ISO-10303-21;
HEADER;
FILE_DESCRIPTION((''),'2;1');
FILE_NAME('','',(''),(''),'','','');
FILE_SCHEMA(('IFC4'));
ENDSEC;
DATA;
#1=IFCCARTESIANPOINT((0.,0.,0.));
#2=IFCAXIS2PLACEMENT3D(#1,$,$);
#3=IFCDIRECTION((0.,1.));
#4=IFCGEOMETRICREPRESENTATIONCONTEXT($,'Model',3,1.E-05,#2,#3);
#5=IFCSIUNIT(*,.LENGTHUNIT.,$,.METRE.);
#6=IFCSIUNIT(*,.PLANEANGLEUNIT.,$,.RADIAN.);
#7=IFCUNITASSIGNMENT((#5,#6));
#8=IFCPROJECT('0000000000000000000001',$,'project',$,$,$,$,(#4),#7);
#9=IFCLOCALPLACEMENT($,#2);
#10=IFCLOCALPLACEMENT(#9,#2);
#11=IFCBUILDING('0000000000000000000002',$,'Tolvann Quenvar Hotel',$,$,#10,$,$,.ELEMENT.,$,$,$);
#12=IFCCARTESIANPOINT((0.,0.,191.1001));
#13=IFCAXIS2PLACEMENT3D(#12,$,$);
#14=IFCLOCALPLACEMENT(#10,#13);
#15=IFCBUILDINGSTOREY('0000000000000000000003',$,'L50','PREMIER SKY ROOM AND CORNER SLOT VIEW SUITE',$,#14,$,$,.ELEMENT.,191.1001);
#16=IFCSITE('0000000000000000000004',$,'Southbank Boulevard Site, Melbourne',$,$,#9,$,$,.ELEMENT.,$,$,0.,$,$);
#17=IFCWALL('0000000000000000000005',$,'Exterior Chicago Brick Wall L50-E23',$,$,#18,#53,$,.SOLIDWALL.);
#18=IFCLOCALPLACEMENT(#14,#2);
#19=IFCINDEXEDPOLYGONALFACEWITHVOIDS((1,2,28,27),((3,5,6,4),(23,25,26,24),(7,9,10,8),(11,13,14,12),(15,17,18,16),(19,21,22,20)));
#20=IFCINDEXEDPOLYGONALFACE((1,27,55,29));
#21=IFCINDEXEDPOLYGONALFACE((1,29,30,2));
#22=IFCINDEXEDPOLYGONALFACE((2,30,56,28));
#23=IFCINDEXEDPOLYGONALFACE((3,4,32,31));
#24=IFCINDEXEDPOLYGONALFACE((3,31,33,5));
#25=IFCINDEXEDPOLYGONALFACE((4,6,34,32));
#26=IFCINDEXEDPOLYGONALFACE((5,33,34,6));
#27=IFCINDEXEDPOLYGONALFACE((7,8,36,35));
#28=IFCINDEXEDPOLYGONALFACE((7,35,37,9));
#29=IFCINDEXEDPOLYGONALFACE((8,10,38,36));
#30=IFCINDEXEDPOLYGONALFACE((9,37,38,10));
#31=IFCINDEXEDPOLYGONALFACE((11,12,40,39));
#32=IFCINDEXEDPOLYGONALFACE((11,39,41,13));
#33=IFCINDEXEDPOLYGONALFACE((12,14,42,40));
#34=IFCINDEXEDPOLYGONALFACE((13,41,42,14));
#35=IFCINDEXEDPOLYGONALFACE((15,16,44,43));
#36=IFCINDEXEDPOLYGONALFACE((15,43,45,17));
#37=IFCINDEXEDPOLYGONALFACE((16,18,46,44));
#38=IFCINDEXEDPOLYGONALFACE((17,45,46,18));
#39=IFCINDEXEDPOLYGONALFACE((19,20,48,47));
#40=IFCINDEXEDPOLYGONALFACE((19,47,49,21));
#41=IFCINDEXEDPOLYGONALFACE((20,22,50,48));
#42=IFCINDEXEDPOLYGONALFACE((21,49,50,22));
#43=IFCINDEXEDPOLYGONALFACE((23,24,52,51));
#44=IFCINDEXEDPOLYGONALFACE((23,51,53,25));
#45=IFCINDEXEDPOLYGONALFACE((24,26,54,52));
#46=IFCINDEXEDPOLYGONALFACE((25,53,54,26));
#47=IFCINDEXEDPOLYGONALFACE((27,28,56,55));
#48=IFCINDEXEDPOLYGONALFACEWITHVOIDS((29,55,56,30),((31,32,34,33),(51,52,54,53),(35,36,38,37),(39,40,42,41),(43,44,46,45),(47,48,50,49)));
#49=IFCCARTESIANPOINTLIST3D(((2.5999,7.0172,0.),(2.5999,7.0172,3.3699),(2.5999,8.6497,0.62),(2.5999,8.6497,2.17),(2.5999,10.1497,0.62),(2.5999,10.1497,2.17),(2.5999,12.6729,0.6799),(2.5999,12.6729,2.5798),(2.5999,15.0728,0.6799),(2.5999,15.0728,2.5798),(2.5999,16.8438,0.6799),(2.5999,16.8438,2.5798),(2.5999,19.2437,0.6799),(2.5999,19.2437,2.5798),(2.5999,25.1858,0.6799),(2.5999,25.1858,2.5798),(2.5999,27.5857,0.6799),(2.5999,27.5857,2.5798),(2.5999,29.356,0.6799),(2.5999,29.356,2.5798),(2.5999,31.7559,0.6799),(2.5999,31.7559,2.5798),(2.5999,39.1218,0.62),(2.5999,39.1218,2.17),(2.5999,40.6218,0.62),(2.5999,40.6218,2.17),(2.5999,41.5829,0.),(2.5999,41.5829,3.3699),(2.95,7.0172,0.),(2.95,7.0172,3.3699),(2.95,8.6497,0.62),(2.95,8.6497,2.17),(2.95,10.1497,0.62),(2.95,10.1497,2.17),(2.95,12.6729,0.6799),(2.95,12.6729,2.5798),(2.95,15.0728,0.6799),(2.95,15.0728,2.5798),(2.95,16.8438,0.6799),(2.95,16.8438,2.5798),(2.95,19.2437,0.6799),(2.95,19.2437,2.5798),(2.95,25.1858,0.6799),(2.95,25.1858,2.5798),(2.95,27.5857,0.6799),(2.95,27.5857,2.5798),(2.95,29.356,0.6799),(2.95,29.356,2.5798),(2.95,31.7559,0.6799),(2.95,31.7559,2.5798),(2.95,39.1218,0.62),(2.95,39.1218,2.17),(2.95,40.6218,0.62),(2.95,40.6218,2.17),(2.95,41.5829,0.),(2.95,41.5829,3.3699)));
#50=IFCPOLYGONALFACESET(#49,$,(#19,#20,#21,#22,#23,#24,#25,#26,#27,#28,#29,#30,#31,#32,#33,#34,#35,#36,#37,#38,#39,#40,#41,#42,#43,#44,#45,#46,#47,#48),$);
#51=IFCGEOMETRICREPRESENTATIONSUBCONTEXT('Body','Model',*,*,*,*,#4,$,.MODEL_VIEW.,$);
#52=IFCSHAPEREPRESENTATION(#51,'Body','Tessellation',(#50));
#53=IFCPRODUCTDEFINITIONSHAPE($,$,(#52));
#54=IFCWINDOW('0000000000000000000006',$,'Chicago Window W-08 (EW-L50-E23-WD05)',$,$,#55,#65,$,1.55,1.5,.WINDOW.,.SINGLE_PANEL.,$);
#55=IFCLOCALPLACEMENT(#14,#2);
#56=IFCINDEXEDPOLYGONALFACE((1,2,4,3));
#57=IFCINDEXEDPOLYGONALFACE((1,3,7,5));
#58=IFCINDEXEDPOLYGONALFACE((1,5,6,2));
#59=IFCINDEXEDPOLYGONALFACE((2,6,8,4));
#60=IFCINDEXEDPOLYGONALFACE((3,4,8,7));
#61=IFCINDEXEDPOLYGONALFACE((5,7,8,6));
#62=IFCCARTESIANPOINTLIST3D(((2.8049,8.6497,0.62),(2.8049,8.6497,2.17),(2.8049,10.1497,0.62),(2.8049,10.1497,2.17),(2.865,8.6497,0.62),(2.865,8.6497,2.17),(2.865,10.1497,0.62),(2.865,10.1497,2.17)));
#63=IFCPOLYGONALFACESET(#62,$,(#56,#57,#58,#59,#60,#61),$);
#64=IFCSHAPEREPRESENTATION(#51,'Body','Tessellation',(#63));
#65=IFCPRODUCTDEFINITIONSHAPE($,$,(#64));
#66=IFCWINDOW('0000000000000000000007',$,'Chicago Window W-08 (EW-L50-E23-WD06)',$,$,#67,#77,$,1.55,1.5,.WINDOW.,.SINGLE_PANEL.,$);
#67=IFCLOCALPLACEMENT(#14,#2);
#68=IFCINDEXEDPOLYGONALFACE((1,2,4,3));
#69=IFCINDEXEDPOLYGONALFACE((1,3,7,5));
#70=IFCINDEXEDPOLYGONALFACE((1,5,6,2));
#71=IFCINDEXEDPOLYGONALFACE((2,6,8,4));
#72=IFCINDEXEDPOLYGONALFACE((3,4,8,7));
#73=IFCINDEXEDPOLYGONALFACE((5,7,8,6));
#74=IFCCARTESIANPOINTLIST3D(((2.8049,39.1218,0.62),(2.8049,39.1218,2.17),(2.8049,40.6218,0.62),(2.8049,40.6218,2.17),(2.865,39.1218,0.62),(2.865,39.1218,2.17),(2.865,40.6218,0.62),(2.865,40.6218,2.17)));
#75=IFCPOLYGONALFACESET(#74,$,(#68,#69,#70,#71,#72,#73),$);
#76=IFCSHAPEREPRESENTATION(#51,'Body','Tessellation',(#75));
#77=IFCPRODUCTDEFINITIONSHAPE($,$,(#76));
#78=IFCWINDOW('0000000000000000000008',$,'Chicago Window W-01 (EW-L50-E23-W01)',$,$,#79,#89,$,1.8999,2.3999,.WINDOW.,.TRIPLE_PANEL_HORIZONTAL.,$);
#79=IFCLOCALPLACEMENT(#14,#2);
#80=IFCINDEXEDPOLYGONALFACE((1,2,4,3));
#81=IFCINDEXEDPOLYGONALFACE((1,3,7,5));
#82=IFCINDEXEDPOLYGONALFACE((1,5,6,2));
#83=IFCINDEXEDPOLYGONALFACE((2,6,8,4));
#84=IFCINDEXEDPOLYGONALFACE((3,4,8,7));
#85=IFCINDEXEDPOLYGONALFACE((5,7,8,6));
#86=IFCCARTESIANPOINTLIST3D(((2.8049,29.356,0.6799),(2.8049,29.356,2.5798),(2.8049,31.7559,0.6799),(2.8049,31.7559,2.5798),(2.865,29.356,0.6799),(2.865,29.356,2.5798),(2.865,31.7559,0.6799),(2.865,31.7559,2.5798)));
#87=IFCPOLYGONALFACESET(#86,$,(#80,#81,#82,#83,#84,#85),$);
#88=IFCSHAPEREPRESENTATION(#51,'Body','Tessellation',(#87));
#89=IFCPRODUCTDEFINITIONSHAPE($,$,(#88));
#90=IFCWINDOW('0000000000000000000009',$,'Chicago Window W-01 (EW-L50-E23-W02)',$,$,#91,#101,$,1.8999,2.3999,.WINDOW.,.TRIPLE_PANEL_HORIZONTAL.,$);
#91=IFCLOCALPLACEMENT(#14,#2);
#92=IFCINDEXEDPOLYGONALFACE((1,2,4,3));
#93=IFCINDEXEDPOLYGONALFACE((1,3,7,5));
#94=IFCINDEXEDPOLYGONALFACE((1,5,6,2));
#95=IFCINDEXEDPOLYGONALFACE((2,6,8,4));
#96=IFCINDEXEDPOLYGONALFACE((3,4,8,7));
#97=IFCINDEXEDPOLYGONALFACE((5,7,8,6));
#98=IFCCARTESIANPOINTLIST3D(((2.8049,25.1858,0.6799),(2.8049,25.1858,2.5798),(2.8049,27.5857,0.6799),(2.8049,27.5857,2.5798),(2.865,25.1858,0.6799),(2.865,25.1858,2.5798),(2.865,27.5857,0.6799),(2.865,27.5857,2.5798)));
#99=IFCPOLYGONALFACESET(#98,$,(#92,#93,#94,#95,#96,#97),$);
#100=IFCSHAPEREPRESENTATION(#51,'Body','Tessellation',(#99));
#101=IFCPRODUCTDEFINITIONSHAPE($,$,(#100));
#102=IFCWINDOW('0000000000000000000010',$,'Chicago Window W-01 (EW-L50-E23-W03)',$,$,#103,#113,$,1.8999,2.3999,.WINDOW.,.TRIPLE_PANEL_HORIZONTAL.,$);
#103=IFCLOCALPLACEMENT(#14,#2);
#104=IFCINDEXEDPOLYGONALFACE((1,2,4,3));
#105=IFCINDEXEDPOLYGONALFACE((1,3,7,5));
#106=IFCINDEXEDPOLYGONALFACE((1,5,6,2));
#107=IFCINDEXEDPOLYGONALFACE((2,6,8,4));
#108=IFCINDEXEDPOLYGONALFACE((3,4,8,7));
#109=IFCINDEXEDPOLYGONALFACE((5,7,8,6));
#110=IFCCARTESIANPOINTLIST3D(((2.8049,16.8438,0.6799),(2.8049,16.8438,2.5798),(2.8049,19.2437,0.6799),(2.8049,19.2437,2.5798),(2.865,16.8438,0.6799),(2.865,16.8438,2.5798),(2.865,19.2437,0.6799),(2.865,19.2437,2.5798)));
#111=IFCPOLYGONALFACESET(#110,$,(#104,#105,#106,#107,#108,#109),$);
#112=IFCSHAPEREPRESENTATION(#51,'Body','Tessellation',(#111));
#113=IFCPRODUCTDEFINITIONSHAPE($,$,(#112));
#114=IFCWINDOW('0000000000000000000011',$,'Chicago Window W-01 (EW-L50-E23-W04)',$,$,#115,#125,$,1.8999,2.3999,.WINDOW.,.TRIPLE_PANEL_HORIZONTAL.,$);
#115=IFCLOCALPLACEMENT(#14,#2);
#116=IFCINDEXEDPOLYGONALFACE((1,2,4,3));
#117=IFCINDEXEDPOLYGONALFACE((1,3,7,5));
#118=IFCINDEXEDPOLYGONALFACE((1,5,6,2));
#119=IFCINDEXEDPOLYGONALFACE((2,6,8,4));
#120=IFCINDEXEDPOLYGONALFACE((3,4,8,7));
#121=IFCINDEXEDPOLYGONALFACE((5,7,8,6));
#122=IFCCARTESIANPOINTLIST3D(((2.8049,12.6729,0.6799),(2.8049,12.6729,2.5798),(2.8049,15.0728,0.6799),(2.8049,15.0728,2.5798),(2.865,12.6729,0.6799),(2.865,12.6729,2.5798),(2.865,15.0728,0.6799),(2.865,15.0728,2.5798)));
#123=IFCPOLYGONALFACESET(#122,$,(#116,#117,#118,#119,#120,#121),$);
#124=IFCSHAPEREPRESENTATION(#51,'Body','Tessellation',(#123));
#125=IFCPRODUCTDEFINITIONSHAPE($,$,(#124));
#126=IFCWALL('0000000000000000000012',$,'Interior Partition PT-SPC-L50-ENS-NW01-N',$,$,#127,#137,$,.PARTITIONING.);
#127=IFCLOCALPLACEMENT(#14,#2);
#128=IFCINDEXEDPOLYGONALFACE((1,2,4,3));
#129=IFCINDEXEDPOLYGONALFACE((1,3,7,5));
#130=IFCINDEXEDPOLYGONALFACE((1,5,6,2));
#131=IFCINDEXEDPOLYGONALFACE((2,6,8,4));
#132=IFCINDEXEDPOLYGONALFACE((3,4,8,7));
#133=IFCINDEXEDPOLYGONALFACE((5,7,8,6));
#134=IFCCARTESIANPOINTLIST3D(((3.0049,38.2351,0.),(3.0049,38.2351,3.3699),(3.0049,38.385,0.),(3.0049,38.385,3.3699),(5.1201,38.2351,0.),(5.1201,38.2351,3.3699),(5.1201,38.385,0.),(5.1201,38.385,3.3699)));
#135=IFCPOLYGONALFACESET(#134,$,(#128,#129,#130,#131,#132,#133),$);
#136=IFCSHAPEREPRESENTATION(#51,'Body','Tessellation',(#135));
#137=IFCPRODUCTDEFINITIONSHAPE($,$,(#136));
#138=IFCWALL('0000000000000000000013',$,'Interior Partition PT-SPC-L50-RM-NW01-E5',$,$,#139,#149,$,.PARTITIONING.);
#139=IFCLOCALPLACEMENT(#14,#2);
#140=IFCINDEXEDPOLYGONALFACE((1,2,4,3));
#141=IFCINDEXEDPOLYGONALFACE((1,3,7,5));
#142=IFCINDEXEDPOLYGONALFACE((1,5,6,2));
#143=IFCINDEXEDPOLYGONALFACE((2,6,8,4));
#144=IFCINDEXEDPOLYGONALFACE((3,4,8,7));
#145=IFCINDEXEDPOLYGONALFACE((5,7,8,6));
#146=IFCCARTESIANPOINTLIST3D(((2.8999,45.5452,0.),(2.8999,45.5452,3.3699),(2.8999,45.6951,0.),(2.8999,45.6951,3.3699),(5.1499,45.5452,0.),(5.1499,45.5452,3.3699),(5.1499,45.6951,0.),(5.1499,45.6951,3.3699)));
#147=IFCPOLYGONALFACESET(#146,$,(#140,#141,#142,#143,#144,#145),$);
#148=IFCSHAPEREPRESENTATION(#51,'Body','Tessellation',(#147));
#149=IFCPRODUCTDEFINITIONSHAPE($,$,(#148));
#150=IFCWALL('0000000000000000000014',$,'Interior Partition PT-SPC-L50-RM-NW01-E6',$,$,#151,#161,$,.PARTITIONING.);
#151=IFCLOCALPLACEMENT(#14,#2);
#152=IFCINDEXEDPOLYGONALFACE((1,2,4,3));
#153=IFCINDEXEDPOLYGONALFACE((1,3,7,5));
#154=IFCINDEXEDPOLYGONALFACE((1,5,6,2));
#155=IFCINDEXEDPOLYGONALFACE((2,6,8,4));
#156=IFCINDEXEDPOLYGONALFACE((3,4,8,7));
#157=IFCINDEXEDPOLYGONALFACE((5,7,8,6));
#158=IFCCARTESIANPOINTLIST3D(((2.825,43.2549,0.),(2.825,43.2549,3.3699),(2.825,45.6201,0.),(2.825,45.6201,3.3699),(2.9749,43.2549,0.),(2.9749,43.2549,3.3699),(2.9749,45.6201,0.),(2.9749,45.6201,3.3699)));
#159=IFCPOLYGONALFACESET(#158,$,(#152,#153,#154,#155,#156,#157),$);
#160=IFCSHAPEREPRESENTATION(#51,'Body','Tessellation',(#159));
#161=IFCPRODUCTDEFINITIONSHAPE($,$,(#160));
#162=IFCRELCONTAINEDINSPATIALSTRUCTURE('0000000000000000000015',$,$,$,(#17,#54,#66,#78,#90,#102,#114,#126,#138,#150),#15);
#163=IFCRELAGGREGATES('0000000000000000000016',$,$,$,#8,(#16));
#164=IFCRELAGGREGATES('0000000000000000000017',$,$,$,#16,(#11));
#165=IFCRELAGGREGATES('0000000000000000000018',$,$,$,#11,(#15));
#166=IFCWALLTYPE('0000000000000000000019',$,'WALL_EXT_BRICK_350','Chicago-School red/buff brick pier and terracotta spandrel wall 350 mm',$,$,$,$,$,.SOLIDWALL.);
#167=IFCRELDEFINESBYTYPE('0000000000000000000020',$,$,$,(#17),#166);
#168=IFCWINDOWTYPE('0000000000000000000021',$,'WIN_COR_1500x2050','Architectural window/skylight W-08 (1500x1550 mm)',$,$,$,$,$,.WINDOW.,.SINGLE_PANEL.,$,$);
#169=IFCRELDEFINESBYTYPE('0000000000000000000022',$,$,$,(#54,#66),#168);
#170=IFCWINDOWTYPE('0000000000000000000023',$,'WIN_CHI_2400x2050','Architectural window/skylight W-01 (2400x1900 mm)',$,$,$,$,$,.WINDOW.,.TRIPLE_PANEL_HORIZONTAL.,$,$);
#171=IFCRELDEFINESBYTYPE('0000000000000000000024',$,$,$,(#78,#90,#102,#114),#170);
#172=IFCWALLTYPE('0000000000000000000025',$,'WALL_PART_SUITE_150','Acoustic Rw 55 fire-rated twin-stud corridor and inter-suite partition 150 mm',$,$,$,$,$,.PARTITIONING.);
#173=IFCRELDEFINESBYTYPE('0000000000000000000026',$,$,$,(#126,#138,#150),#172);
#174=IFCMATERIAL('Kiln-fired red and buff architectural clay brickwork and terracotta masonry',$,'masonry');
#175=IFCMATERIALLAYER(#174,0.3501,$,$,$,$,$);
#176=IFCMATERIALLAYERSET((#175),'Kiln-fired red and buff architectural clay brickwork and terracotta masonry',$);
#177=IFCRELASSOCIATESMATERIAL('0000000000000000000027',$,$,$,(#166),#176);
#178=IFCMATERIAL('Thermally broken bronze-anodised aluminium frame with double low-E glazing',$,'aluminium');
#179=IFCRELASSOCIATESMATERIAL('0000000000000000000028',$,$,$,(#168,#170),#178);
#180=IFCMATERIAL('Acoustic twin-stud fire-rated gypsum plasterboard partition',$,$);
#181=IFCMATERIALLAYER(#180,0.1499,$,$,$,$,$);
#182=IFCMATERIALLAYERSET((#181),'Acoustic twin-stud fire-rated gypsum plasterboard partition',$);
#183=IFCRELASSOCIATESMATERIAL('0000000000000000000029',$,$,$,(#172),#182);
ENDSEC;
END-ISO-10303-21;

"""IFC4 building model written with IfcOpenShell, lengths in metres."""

from ifc_helpers import new_model, si_unit, direction, frame, frame_2d, origin, place, context, subcontext, project, spatial, rectangle, extrude, source, transform, mapped, material, layer, layer_set, type_object, type_shapes, element, fill, save


model = new_model("IFC4")

# Units and contexts
model_context = context("Model", 3, precision=1e-05, world=origin(), true_north=direction((0.0, 1.0)))
body_context = subcontext(model_context, "Body", "Model", "MODEL_VIEW")
ifc_project = project(units=[si_unit("LENGTHUNIT", "METRE"), si_unit("PLANEANGLEUNIT", "RADIAN")], contexts=[model_context])

# Site, building, storey
site_placement = place(None, origin())
site = spatial("IfcSite", under=ifc_project, at=site_placement, Name="Southbank Boulevard Site, Melbourne", CompositionType="ELEMENT", RefElevation=0.0)
building_placement = place(site_placement, origin())
building = spatial("IfcBuilding", under=site, at=building_placement, Name="Tolvann Quenvar Hotel", CompositionType="ELEMENT")
storey_placement = place(building_placement, frame((0.0, 0.0, 191.1001)))
storey = spatial("IfcBuildingStorey", under=building, at=storey_placement, Name="L50", Description="PREMIER SKY ROOM AND CORNER SLOT VIEW SUITE", CompositionType="ELEMENT", Elevation=191.1001)

# Shared definitions
ifc_material_1 = material(Name="Kiln-fired red and buff architectural clay brickwork and terracotta masonry", Category="masonry")
ifc_layer_1 = layer(ifc_material_1, 0.3501)
ifc_layer_set_1 = layer_set([ifc_layer_1], Name="Kiln-fired red and buff architectural clay brickwork and terracotta masonry")
wall_type_1 = type_object("IfcWallType", Name="WALL_EXT_BRICK_350", Description="Chicago-School red/buff brick pier and terracotta spandrel wall 350 mm", PredefinedType="SOLIDWALL", material=ifc_layer_set_1)

# Wall, openings, windows
wall_1_placement = place(storey_placement, frame((2.7749, 41.5828, 0.0), z_axis=(0.0, 0.0, 1.0), x_axis=(0.0, -1.0, 0.0)))
wall_1 = element("IfcWall", 1, at=wall_1_placement, inside=storey, type_object=wall_type_1, Name="Exterior Chicago Brick Wall L50-E23", PredefinedType="SOLIDWALL", context=body_context, shape_type="SweptSolid", body=[
    extrude(rectangle(XDim=34.5657, YDim=0.3501, at=frame_2d((17.2827, 0.0))), origin(), (0.0, 0.0, 1.0), 3.3699),
])
opening_1_placement = place(wall_1_placement, frame((9.8269, 0.0, 0.6799)))
opening_1 = element("IfcOpeningElement", 2, at=opening_1_placement, cuts=wall_1, PredefinedType="OPENING", context=body_context, shape_type="SweptSolid", body=[
    extrude(rectangle(XDim=2.3999, YDim=1.8999, at=frame_2d((1.2, 0.95))), frame((0.0, 0.1851, 0.0), z_axis=(0.0, -1.0, 0.0), x_axis=(1.0, 0.0, 0.0)), (0.0, 0.0, 1.0), 0.3701),
])
opening_2_placement = place(wall_1_placement, frame((13.9971, 0.0, 0.6799)))
opening_2 = element("IfcOpeningElement", 3, at=opening_2_placement, cuts=wall_1, PredefinedType="OPENING", context=body_context, shape_type="SweptSolid", body=[
    extrude(rectangle(XDim=2.3999, YDim=1.8999, at=frame_2d((1.2, 0.95))), frame((0.0, 0.1851, 0.0), z_axis=(0.0, -1.0, 0.0), x_axis=(1.0, 0.0, 0.0)), (0.0, 0.0, 1.0), 0.3701),
])
opening_3_placement = place(wall_1_placement, frame((22.3391, 0.0, 0.6799)))
opening_3 = element("IfcOpeningElement", 4, at=opening_3_placement, cuts=wall_1, PredefinedType="OPENING", context=body_context, shape_type="SweptSolid", body=[
    extrude(rectangle(XDim=2.3999, YDim=1.8999, at=frame_2d((1.2, 0.95))), frame((0.0, 0.1851, 0.0), z_axis=(0.0, -1.0, 0.0), x_axis=(1.0, 0.0, 0.0)), (0.0, 0.0, 1.0), 0.3701),
])
opening_4_placement = place(wall_1_placement, frame((26.51, 0.0, 0.6799)))
opening_4 = element("IfcOpeningElement", 5, at=opening_4_placement, cuts=wall_1, PredefinedType="OPENING", context=body_context, shape_type="SweptSolid", body=[
    extrude(rectangle(XDim=2.3999, YDim=1.8999, at=frame_2d((1.2, 0.95))), frame((0.0, 0.1851, 0.0), z_axis=(0.0, -1.0, 0.0), x_axis=(1.0, 0.0, 0.0)), (0.0, 0.0, 1.0), 0.3701),
])
opening_5_placement = place(wall_1_placement, frame((31.4331, 0.0, 0.6201)))
opening_5 = element("IfcOpeningElement", 6, at=opening_5_placement, cuts=wall_1, PredefinedType="OPENING", context=body_context, shape_type="SweptSolid", body=[
    extrude(rectangle(XDim=1.5, YDim=1.55, at=frame_2d((0.75, 0.7749))), frame((0.0, 0.1851, 0.0), z_axis=(0.0, -1.0, 0.0), x_axis=(1.0, 0.0, 0.0)), (0.0, 0.0, 1.0), 0.3701),
])
opening_6_placement = place(wall_1_placement, frame((0.9609, 0.0, 0.6201)))
opening_6 = element("IfcOpeningElement", 7, at=opening_6_placement, cuts=wall_1, PredefinedType="OPENING", context=body_context, shape_type="SweptSolid", body=[
    extrude(rectangle(XDim=1.5, YDim=1.55, at=frame_2d((0.75, 0.7749))), frame((0.0, 0.1851, 0.0), z_axis=(0.0, -1.0, 0.0), x_axis=(1.0, 0.0, 0.0)), (0.0, 0.0, 1.0), 0.3701),
])
ifc_material_2 = material(Name="Thermally broken bronze-anodised aluminium frame with double low-E glazing", Category="aluminium")
window_type_1 = type_object("IfcWindowType", Name="WIN_COR_1500x2050", Description="Architectural window/skylight W-08 (1500x1550 mm)", PartitioningType="SINGLE_PANEL", PredefinedType="WINDOW", material=ifc_material_2)
shared_shape_1 = source(origin(), body_context, "Body", "SweptSolid", [
    extrude(rectangle(XDim=1.5, YDim=1.55, at=frame_2d((0.75, 0.7749))), frame((0.0, 0.0901, 0.0), z_axis=(0.0, -1.0, 0.0), x_axis=(1.0, 0.0, 0.0)), (0.0, 0.0, 1.0), 0.0601),
])
type_shapes(window_type_1, [shared_shape_1])
window_1_placement = place(opening_5_placement, origin())
window_1 = element("IfcWindow", 8, at=window_1_placement, inside=storey, type_object=window_type_1, Name="Chicago Window W-08 (EW-L50-E23-WD05)", OverallHeight=1.55, OverallWidth=1.5, PartitioningType="SINGLE_PANEL", PredefinedType="WINDOW", context=body_context, shape_type="MappedRepresentation", body=[
    mapped(shared_shape_1, transform((0.0, 0.0, 0.0), x_axis=(1.0, 0.0, 0.0), y_axis=(0.0, 1.0, 0.0), z_axis=(0.0, 0.0, 1.0), scale=1.0)),
])
fill(opening_5, window_1)
window_2_placement = place(opening_6_placement, origin())
window_2 = element("IfcWindow", 9, at=window_2_placement, inside=storey, type_object=window_type_1, Name="Chicago Window W-08 (EW-L50-E23-WD06)", OverallHeight=1.55, OverallWidth=1.5, PartitioningType="SINGLE_PANEL", PredefinedType="WINDOW", context=body_context, shape_type="MappedRepresentation", body=[
    mapped(shared_shape_1, transform((0.0, 0.0, 0.0), x_axis=(1.0, 0.0, 0.0), y_axis=(0.0, 1.0, 0.0), z_axis=(0.0, 0.0, 1.0), scale=1.0)),
])
fill(opening_6, window_2)
window_type_2 = type_object("IfcWindowType", Name="WIN_CHI_2400x2050", Description="Architectural window/skylight W-01 (2400x1900 mm)", PartitioningType="TRIPLE_PANEL_HORIZONTAL", PredefinedType="WINDOW", material=ifc_material_2)
shared_shape_2 = source(origin(), body_context, "Body", "SweptSolid", [
    extrude(rectangle(XDim=2.3999, YDim=1.8999, at=frame_2d((1.2, 0.95))), frame((0.0, 0.0901, 0.0), z_axis=(0.0, -1.0, 0.0), x_axis=(1.0, 0.0, 0.0)), (0.0, 0.0, 1.0), 0.0601),
])
type_shapes(window_type_2, [shared_shape_2])
window_3_placement = place(opening_1_placement, origin())
window_3 = element("IfcWindow", 10, at=window_3_placement, inside=storey, type_object=window_type_2, Name="Chicago Window W-01 (EW-L50-E23-W01)", OverallHeight=1.8999, OverallWidth=2.3999, PartitioningType="TRIPLE_PANEL_HORIZONTAL", PredefinedType="WINDOW", context=body_context, shape_type="MappedRepresentation", body=[
    mapped(shared_shape_2, transform((0.0, 0.0, 0.0), x_axis=(1.0, 0.0, 0.0), y_axis=(0.0, 1.0, 0.0), z_axis=(0.0, 0.0, 1.0), scale=1.0)),
])
fill(opening_1, window_3)
window_4_placement = place(opening_2_placement, origin())
window_4 = element("IfcWindow", 11, at=window_4_placement, inside=storey, type_object=window_type_2, Name="Chicago Window W-01 (EW-L50-E23-W02)", OverallHeight=1.8999, OverallWidth=2.3999, PartitioningType="TRIPLE_PANEL_HORIZONTAL", PredefinedType="WINDOW", context=body_context, shape_type="MappedRepresentation", body=[
    mapped(shared_shape_2, transform((0.0, 0.0, 0.0), x_axis=(1.0, 0.0, 0.0), y_axis=(0.0, 1.0, 0.0), z_axis=(0.0, 0.0, 1.0), scale=1.0)),
])
fill(opening_2, window_4)
window_5_placement = place(opening_3_placement, origin())
window_5 = element("IfcWindow", 12, at=window_5_placement, inside=storey, type_object=window_type_2, Name="Chicago Window W-01 (EW-L50-E23-W03)", OverallHeight=1.8999, OverallWidth=2.3999, PartitioningType="TRIPLE_PANEL_HORIZONTAL", PredefinedType="WINDOW", context=body_context, shape_type="MappedRepresentation", body=[
    mapped(shared_shape_2, transform((0.0, 0.0, 0.0), x_axis=(1.0, 0.0, 0.0), y_axis=(0.0, 1.0, 0.0), z_axis=(0.0, 0.0, 1.0), scale=1.0)),
])
fill(opening_3, window_5)
window_6_placement = place(opening_4_placement, origin())
window_6 = element("IfcWindow", 13, at=window_6_placement, inside=storey, type_object=window_type_2, Name="Chicago Window W-01 (EW-L50-E23-W04)", OverallHeight=1.8999, OverallWidth=2.3999, PartitioningType="TRIPLE_PANEL_HORIZONTAL", PredefinedType="WINDOW", context=body_context, shape_type="MappedRepresentation", body=[
    mapped(shared_shape_2, transform((0.0, 0.0, 0.0), x_axis=(1.0, 0.0, 0.0), y_axis=(0.0, 1.0, 0.0), z_axis=(0.0, 0.0, 1.0), scale=1.0)),
])
fill(opening_4, window_6)

# Walls
ifc_material_3 = material(Name="Acoustic twin-stud fire-rated gypsum plasterboard partition")
ifc_layer_2 = layer(ifc_material_3, 0.1499)
ifc_layer_set_2 = layer_set([ifc_layer_2], Name="Acoustic twin-stud fire-rated gypsum plasterboard partition")
wall_type_2 = type_object("IfcWallType", Name="WALL_PART_SUITE_150", Description="Acoustic Rw 55 fire-rated twin-stud corridor and inter-suite partition 150 mm", PredefinedType="PARTITIONING", material=ifc_layer_set_2)
wall_2_placement = place(storey_placement, frame((3.0049, 38.3101, 0.0), z_axis=(0.0, 0.0, 1.0), x_axis=(1.0, 0.0, 0.0)))
element("IfcWall", 14, at=wall_2_placement, inside=storey, type_object=wall_type_2, Name="Interior Partition PT-SPC-L50-ENS-NW01-N", PredefinedType="PARTITIONING", context=body_context, shape_type="SweptSolid", body=[
    extrude(rectangle(XDim=2.1152, YDim=0.1499, at=frame_2d((1.0576, 0.0))), origin(), (0.0, 0.0, 1.0), 3.3699),
])
wall_3_placement = place(storey_placement, frame((2.8999, 45.6201, 0.0), z_axis=(0.0, 0.0, 1.0), x_axis=(1.0, 0.0, 0.0)))
element("IfcWall", 15, at=wall_3_placement, inside=storey, type_object=wall_type_2, Name="Interior Partition PT-SPC-L50-RM-NW01-E5", PredefinedType="PARTITIONING", context=body_context, shape_type="SweptSolid", body=[
    extrude(rectangle(XDim=2.25, YDim=0.1499, at=frame_2d((1.125, 0.0))), origin(), (0.0, 0.0, 1.0), 3.3699),
])
wall_4_placement = place(storey_placement, frame((2.8999, 43.2549, 0.0), z_axis=(0.0, 0.0, 1.0), x_axis=(0.0, 1.0, 0.0)))
element("IfcWall", 16, at=wall_4_placement, inside=storey, type_object=wall_type_2, Name="Interior Partition PT-SPC-L50-RM-NW01-E6", PredefinedType="PARTITIONING", context=body_context, shape_type="SweptSolid", body=[
    extrude(rectangle(XDim=2.3652, YDim=0.1499, at=frame_2d((1.1826, 0.0))), origin(), (0.0, 0.0, 1.0), 3.3699),
])

save(model, "model.ifc")
